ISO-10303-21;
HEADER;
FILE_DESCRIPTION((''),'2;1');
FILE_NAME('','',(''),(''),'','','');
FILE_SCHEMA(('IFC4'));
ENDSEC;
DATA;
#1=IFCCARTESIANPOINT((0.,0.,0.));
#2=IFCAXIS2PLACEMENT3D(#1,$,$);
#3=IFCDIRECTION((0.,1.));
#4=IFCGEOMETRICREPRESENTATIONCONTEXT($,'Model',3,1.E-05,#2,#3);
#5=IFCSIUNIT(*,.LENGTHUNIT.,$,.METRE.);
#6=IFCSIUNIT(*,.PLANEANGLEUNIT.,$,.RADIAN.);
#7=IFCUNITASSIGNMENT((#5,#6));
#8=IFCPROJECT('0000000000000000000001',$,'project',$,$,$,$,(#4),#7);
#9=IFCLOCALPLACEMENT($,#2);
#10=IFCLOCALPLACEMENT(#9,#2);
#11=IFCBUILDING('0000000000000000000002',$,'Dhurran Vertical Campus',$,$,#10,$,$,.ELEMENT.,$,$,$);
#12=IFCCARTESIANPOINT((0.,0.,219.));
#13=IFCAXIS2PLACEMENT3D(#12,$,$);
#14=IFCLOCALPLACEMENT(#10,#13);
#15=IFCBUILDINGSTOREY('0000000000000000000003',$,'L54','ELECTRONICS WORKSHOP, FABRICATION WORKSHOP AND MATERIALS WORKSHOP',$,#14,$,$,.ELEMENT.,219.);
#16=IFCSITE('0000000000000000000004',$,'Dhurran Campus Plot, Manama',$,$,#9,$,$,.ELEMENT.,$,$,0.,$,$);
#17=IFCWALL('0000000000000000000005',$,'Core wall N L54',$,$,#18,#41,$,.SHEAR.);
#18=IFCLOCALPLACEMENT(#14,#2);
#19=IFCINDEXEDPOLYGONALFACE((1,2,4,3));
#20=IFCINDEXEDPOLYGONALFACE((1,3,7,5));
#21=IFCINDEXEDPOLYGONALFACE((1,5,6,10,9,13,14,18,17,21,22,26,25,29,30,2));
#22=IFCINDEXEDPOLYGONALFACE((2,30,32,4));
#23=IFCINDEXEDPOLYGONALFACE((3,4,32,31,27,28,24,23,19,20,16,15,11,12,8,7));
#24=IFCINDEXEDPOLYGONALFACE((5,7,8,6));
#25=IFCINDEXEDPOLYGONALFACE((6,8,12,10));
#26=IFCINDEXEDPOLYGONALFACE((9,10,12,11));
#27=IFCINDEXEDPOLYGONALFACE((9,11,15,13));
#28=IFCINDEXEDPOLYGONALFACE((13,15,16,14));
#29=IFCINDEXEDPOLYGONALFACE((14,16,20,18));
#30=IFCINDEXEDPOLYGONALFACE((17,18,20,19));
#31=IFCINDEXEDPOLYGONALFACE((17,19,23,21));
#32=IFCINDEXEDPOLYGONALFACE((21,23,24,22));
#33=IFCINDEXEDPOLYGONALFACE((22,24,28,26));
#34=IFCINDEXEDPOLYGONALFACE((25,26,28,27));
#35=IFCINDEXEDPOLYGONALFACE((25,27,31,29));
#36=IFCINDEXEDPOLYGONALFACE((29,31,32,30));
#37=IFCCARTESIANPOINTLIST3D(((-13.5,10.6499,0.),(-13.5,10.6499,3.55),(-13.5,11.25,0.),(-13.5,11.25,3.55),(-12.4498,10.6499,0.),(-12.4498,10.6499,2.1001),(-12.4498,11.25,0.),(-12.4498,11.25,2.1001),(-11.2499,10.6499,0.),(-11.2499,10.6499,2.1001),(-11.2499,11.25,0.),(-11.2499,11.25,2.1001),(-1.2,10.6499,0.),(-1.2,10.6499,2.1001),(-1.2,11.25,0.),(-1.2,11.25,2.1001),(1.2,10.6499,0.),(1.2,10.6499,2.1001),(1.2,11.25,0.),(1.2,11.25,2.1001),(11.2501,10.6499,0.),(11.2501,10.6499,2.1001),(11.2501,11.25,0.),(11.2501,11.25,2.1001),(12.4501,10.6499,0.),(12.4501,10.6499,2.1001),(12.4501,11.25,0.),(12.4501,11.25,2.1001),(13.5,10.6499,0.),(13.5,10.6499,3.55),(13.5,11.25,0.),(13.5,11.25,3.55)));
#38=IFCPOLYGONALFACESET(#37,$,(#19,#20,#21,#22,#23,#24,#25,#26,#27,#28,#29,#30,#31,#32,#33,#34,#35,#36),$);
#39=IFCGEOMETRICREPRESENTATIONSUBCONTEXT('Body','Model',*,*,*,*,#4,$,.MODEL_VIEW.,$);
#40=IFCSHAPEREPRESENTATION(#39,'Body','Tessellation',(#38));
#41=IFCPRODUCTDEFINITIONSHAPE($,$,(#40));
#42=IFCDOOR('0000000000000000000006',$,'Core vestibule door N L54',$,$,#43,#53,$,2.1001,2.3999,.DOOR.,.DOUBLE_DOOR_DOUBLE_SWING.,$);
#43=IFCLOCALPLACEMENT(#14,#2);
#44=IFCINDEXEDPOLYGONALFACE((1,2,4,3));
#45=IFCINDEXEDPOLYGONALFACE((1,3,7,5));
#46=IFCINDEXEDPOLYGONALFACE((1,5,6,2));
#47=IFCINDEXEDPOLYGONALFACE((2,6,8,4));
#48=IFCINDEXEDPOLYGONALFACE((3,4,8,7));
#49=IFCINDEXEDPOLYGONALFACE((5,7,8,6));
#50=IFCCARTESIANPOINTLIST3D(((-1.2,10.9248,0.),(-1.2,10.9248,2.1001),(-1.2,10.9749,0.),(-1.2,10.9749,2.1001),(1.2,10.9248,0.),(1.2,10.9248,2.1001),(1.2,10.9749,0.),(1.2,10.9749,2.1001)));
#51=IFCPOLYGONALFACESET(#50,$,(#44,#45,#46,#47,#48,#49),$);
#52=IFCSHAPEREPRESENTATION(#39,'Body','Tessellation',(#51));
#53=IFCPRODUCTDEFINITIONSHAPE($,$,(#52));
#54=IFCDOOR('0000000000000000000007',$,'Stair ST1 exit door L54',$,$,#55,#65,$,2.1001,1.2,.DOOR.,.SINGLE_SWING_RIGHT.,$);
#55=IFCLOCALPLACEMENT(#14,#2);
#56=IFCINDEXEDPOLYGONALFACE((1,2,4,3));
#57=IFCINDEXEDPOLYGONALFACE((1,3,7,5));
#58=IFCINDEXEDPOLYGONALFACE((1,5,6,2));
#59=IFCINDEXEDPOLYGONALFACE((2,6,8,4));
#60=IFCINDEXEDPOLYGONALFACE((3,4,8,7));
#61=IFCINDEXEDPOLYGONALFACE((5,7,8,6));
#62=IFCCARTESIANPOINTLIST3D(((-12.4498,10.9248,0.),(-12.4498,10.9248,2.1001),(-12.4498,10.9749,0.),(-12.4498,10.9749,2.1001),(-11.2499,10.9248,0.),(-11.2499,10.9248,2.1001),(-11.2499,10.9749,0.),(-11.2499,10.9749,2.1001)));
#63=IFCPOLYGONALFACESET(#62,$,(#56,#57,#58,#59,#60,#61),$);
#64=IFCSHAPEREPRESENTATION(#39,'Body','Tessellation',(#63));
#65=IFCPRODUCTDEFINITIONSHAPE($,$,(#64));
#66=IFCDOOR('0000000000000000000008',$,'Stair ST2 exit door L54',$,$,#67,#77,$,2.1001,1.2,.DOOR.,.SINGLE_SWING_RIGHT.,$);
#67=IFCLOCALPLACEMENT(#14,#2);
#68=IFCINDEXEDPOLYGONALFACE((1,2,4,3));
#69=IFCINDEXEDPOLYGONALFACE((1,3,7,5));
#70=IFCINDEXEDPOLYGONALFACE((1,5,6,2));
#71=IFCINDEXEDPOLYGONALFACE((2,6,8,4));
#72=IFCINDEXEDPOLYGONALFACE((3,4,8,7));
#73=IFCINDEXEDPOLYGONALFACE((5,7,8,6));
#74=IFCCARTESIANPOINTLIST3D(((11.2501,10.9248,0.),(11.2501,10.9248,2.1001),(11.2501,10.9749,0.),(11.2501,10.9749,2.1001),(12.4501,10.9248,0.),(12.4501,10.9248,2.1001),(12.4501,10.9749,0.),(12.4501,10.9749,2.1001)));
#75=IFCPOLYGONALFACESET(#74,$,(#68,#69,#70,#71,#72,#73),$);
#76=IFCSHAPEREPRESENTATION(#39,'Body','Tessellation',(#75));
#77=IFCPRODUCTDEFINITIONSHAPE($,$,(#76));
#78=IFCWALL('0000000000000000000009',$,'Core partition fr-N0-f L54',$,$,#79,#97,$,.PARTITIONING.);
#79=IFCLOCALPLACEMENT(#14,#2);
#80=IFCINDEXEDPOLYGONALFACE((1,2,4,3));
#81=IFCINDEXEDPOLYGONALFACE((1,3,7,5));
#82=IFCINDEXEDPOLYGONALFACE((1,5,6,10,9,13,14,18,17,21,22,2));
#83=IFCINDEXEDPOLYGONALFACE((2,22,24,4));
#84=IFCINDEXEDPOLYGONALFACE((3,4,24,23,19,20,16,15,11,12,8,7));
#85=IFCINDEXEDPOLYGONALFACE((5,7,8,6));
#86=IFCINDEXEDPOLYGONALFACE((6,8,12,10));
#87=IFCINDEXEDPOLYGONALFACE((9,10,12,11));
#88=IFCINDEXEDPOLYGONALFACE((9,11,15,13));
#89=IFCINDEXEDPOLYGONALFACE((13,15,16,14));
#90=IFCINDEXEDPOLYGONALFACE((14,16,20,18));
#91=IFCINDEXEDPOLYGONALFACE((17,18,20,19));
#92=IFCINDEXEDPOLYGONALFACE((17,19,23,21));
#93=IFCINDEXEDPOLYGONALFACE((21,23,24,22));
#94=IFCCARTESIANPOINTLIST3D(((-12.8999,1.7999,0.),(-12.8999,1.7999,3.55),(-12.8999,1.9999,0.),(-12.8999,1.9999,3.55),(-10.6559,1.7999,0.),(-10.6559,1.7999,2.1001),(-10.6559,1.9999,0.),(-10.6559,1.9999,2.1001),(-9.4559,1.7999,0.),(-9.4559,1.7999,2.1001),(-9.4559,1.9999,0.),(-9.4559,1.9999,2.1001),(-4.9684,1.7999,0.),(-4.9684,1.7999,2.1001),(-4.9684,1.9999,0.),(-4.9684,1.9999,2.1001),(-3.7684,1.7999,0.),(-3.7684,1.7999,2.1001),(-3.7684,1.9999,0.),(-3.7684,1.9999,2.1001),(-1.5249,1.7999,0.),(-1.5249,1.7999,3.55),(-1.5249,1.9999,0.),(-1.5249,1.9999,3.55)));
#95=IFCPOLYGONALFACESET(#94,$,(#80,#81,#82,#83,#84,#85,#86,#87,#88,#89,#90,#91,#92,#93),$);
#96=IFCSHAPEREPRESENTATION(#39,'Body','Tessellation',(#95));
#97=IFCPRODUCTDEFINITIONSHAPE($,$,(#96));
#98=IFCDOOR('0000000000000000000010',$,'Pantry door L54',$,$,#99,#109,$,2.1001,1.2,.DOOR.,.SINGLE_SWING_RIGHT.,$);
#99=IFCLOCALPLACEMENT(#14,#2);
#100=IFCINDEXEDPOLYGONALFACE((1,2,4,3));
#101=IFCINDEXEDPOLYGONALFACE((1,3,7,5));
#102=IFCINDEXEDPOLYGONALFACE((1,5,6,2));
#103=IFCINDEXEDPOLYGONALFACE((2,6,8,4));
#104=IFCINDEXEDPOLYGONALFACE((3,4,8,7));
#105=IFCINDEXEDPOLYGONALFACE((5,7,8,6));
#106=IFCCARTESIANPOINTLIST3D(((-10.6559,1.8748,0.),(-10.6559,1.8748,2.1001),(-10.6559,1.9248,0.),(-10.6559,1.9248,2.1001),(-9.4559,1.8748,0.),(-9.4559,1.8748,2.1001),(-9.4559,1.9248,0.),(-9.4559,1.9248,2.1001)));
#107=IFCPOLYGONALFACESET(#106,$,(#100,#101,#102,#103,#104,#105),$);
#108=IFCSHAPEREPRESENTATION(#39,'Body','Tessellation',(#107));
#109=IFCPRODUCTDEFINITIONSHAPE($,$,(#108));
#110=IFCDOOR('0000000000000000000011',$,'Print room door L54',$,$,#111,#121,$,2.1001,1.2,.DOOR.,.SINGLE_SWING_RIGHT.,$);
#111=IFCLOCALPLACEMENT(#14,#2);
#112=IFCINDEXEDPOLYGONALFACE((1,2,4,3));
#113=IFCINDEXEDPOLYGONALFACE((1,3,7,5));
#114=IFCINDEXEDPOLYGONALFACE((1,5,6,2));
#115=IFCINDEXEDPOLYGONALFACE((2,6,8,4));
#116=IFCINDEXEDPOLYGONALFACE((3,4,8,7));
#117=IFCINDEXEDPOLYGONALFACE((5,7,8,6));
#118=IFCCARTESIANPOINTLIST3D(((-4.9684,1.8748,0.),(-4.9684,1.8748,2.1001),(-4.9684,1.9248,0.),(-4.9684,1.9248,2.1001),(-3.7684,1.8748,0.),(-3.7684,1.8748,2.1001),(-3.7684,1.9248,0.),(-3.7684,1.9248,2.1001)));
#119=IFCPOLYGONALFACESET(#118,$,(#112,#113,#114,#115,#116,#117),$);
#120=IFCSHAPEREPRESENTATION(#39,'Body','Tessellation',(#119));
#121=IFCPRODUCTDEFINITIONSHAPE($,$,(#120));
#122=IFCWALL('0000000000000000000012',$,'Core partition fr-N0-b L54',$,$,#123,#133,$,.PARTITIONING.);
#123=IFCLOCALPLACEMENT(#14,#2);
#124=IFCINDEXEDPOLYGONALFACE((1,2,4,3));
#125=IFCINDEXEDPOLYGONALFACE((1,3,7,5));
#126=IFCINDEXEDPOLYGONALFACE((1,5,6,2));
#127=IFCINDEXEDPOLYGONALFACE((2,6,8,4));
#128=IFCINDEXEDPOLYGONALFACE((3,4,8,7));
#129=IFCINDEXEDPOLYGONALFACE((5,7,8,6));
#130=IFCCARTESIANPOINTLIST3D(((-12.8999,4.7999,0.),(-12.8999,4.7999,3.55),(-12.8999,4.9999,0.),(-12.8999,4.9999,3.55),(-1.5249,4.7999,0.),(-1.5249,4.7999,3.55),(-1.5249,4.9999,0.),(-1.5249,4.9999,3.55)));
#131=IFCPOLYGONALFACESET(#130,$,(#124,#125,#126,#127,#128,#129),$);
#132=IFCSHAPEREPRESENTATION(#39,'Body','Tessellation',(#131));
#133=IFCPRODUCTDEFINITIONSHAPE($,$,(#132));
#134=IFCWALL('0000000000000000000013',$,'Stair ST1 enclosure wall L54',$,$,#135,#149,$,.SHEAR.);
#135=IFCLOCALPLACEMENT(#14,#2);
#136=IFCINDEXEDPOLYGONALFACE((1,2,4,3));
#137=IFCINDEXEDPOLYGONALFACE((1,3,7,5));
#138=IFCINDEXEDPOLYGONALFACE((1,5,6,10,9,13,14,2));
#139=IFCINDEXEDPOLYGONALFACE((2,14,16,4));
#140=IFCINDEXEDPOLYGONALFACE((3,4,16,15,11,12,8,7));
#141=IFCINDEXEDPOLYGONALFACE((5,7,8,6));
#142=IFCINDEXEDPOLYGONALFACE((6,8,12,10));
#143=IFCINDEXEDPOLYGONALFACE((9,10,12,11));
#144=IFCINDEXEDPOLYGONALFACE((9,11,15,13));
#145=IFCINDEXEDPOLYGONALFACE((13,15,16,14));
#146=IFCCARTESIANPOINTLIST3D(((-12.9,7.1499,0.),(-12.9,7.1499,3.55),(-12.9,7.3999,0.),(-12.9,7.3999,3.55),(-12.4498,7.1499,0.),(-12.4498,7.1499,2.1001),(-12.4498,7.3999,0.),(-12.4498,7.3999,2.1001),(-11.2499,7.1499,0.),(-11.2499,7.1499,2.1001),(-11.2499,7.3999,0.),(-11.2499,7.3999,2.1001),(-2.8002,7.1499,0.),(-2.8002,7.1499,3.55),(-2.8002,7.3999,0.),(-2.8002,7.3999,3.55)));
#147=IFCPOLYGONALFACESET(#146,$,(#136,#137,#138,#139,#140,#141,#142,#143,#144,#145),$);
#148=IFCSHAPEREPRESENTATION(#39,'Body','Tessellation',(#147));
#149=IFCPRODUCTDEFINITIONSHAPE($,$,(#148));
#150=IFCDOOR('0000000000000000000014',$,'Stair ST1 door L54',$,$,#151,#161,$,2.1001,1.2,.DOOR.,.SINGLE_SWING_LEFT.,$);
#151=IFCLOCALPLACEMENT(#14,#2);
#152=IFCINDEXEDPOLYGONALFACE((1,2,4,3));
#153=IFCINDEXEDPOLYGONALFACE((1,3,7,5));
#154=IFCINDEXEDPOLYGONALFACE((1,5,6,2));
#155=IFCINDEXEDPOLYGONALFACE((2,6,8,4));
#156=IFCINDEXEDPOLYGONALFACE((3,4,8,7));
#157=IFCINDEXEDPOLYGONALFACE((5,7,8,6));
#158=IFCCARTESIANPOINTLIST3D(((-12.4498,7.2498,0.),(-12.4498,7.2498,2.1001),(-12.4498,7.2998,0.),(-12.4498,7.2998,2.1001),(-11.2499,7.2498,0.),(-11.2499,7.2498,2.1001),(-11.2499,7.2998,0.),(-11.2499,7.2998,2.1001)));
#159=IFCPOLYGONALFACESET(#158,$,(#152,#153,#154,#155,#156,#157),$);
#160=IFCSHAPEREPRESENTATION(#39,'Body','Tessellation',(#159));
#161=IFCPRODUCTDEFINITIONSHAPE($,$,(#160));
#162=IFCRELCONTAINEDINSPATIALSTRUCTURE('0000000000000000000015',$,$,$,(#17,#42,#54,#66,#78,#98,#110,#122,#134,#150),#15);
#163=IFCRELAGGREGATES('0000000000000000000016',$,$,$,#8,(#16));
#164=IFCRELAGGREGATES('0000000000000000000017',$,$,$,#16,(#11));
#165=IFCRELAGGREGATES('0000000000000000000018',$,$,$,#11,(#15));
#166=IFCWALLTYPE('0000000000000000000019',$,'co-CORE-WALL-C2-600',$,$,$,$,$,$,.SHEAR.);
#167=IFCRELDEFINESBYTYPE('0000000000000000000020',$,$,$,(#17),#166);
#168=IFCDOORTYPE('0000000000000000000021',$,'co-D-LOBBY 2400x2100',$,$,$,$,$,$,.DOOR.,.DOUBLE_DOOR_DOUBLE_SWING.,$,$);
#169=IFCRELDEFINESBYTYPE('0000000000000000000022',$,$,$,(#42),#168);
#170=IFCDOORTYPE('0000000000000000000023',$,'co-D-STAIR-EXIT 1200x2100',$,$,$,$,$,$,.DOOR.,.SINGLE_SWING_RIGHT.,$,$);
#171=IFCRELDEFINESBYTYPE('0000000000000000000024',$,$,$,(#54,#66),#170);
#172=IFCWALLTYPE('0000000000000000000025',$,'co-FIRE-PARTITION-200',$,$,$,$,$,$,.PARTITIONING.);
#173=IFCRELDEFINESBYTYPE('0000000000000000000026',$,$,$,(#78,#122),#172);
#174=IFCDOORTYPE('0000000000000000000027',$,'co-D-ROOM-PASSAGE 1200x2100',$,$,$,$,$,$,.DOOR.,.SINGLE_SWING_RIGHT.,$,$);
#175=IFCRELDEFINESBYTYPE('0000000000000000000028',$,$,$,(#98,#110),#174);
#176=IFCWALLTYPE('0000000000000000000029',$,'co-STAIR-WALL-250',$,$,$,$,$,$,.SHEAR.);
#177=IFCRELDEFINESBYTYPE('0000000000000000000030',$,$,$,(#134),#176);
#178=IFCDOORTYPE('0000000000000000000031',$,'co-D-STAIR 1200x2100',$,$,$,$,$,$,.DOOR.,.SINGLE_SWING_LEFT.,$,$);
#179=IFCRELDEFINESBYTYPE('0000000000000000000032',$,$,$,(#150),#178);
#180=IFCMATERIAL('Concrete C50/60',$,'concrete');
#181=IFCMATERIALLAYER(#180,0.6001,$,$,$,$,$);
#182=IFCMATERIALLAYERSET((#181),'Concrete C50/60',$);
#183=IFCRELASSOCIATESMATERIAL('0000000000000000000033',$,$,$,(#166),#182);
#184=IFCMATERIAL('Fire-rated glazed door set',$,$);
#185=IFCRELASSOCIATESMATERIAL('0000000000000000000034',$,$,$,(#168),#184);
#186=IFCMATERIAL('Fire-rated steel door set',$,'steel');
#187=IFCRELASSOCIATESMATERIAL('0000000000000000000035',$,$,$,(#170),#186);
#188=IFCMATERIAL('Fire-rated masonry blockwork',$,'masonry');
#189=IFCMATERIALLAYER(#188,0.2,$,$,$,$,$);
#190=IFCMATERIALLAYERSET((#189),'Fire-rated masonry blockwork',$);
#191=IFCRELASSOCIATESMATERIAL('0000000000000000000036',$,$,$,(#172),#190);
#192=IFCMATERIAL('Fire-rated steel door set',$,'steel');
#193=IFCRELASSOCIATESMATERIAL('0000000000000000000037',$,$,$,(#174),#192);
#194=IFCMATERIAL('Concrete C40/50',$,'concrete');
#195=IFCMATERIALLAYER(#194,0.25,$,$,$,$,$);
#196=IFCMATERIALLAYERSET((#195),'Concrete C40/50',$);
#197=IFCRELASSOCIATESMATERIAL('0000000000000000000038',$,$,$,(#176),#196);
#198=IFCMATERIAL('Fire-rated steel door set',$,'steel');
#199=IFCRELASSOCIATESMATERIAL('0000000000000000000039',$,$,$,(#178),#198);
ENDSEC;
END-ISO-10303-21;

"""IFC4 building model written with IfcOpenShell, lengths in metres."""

from ifc_helpers import new_model, si_unit, direction, frame, frame_2d, origin, place, context, subcontext, project, spatial, rectangle, extrude, material, layer, layer_set, type_object, element, fill, save


model = new_model("IFC4")

# Units and contexts
model_context = context("Model", 3, precision=1e-05, world=origin(), true_north=direction((0.0, 1.0)))
body_context = subcontext(model_context, "Body", "Model", "MODEL_VIEW")
ifc_project = project(units=[si_unit("LENGTHUNIT", "METRE"), si_unit("PLANEANGLEUNIT", "RADIAN")], contexts=[model_context])

# Site, building, storey
site_placement = place(None, origin())
site = spatial("IfcSite", under=ifc_project, at=site_placement, Name="Dhurran Campus Plot, Manama", CompositionType="ELEMENT", RefElevation=0.0)
building_placement = place(site_placement, origin())
building = spatial("IfcBuilding", under=site, at=building_placement, Name="Dhurran Vertical Campus", CompositionType="ELEMENT")
storey_placement = place(building_placement, frame((0.0, 0.0, 219.0)))
storey = spatial("IfcBuildingStorey", under=building, at=storey_placement, Name="L54", Description="ELECTRONICS WORKSHOP, FABRICATION WORKSHOP AND MATERIALS WORKSHOP", CompositionType="ELEMENT", Elevation=219.0)

# Walls, openings, doors
ifc_material_1 = material(Name="Concrete C50/60", Category="concrete")
ifc_layer_1 = layer(ifc_material_1, 0.6001)
ifc_layer_set_1 = layer_set([ifc_layer_1], Name="Concrete C50/60")
wall_type_1 = type_object("IfcWallType", Name="co-CORE-WALL-C2-600", PredefinedType="SHEAR", material=ifc_layer_set_1)
wall_1_placement = place(storey_placement, frame((-13.5, 10.95, 0.0), z_axis=(0.0, 0.0, 1.0), x_axis=(1.0, 0.0, 0.0)))
wall_1 = element("IfcWall", 1, at=wall_1_placement, inside=storey, type_object=wall_type_1, Name="Core wall N L54", PredefinedType="SHEAR", context=body_context, shape_type="SweptSolid", body=[
    extrude(rectangle(XDim=27.0, YDim=0.6001, at=frame_2d((13.5, 0.0))), origin(), (0.0, 0.0, 1.0), 3.55),
])
opening_1_placement = place(wall_1_placement, frame((12.3, 0.0, 0.0)))
opening_1 = element("IfcOpeningElement", 2, at=opening_1_placement, cuts=wall_1, PredefinedType="OPENING", context=body_context, shape_type="SweptSolid", body=[
    extrude(rectangle(XDim=2.3999, YDim=2.1001, at=frame_2d((1.2, 1.05))), frame((0.0, 0.3101, 0.0), z_axis=(0.0, -1.0, 0.0), x_axis=(1.0, 0.0, 0.0)), (0.0, 0.0, 1.0), 0.6201),
])
opening_2_placement = place(wall_1_placement, frame((1.05, 0.0, 0.0)))
opening_2 = element("IfcOpeningElement", 3, at=opening_2_placement, cuts=wall_1, PredefinedType="OPENING", context=body_context, shape_type="SweptSolid", body=[
    extrude(rectangle(XDim=1.2, YDim=2.1001, at=frame_2d((0.6001, 1.05))), frame((0.0, 0.3101, 0.0), z_axis=(0.0, -1.0, 0.0), x_axis=(1.0, 0.0, 0.0)), (0.0, 0.0, 1.0), 0.6201),
])
opening_3_placement = place(wall_1_placement, frame((24.75, 0.0, 0.0)))
opening_3 = element("IfcOpeningElement", 4, at=opening_3_placement, cuts=wall_1, PredefinedType="OPENING", context=body_context, shape_type="SweptSolid", body=[
    extrude(rectangle(XDim=1.2, YDim=2.1001, at=frame_2d((0.6001, 1.05))), frame((0.0, 0.3101, 0.0), z_axis=(0.0, -1.0, 0.0), x_axis=(1.0, 0.0, 0.0)), (0.0, 0.0, 1.0), 0.6201),
])
ifc_material_2 = material(Name="Fire-rated glazed door set")
door_type_1 = type_object("IfcDoorType", Name="co-D-LOBBY 2400x2100", OperationType="DOUBLE_DOOR_DOUBLE_SWING", PredefinedType="DOOR", material=ifc_material_2)
door_1_placement = place(opening_1_placement, origin())
door_1 = element("IfcDoor", 5, at=door_1_placement, inside=storey, type_object=door_type_1, Name="Core vestibule door N L54", OperationType="DOUBLE_DOOR_DOUBLE_SWING", OverallHeight=2.1001, OverallWidth=2.3999, PredefinedType="DOOR", context=body_context, shape_type="SweptSolid", body=[
    extrude(rectangle(XDim=2.3999, YDim=2.1001, at=frame_2d((1.2, 1.05))), frame((0.0, 0.0249, 0.0), z_axis=(0.0, -1.0, 0.0), x_axis=(1.0, 0.0, 0.0)), (0.0, 0.0, 1.0), 0.05),
])
fill(opening_1, door_1)
ifc_material_3 = material(Name="Fire-rated steel door set", Category="steel")
door_type_2 = type_object("IfcDoorType", Name="co-D-STAIR-EXIT 1200x2100", OperationType="SINGLE_SWING_RIGHT", PredefinedType="DOOR", material=ifc_material_3)
door_2_placement = place(opening_2_placement, origin())
door_2 = element("IfcDoor", 6, at=door_2_placement, inside=storey, type_object=door_type_2, Name="Stair ST1 exit door L54", OperationType="SINGLE_SWING_RIGHT", OverallHeight=2.1001, OverallWidth=1.2, PredefinedType="DOOR", context=body_context, shape_type="SweptSolid", body=[
    extrude(rectangle(XDim=1.2, YDim=2.1001, at=frame_2d((0.6001, 1.05))), frame((0.0, 0.0249, 0.0), z_axis=(0.0, -1.0, 0.0), x_axis=(1.0, 0.0, 0.0)), (0.0, 0.0, 1.0), 0.05),
])
fill(opening_2, door_2)
door_3_placement = place(opening_3_placement, origin())
door_3 = element("IfcDoor", 7, at=door_3_placement, inside=storey, type_object=door_type_2, Name="Stair ST2 exit door L54", OperationType="SINGLE_SWING_RIGHT", OverallHeight=2.1001, OverallWidth=1.2, PredefinedType="DOOR", context=body_context, shape_type="SweptSolid", body=[
    extrude(rectangle(XDim=1.2, YDim=2.1001, at=frame_2d((0.6001, 1.05))), frame((0.0, 0.0249, 0.0), z_axis=(0.0, -1.0, 0.0), x_axis=(1.0, 0.0, 0.0)), (0.0, 0.0, 1.0), 0.05),
])
fill(opening_3, door_3)
ifc_material_4 = material(Name="Fire-rated masonry blockwork", Category="masonry")
ifc_layer_2 = layer(ifc_material_4, 0.2)
ifc_layer_set_2 = layer_set([ifc_layer_2], Name="Fire-rated masonry blockwork")
wall_type_2 = type_object("IfcWallType", Name="co-FIRE-PARTITION-200", PredefinedType="PARTITIONING", material=ifc_layer_set_2)
wall_2_placement = place(storey_placement, frame((-12.8999, 1.8999, 0.0), z_axis=(0.0, 0.0, 1.0), x_axis=(1.0, 0.0, 0.0)))
wall_2 = element("IfcWall", 8, at=wall_2_placement, inside=storey, type_object=wall_type_2, Name="Core partition fr-N0-f L54", PredefinedType="PARTITIONING", context=body_context, shape_type="SweptSolid", body=[
    extrude(rectangle(XDim=11.375, YDim=0.2, at=frame_2d((5.6875, 0.0))), origin(), (0.0, 0.0, 1.0), 3.55),
])
opening_4_placement = place(wall_2_placement, frame((2.2439, 0.0, 0.0)))
opening_4 = element("IfcOpeningElement", 9, at=opening_4_placement, cuts=wall_2, PredefinedType="OPENING", context=body_context, shape_type="SweptSolid", body=[
    extrude(rectangle(XDim=1.2, YDim=2.1001, at=frame_2d((0.6001, 1.05))), frame((0.0, 0.1099, 0.0), z_axis=(0.0, -1.0, 0.0), x_axis=(1.0, 0.0, 0.0)), (0.0, 0.0, 1.0), 0.22),
])
opening_5_placement = place(wall_2_placement, frame((7.9314, 0.0, 0.0)))
opening_5 = element("IfcOpeningElement", 10, at=opening_5_placement, cuts=wall_2, PredefinedType="OPENING", context=body_context, shape_type="SweptSolid", body=[
    extrude(rectangle(XDim=1.2, YDim=2.1001, at=frame_2d((0.6001, 1.05))), frame((0.0, 0.1099, 0.0), z_axis=(0.0, -1.0, 0.0), x_axis=(1.0, 0.0, 0.0)), (0.0, 0.0, 1.0), 0.22),
])
ifc_material_5 = material(Name="Fire-rated steel door set", Category="steel")
door_type_3 = type_object("IfcDoorType", Name="co-D-ROOM-PASSAGE 1200x2100", OperationType="SINGLE_SWING_RIGHT", PredefinedType="DOOR", material=ifc_material_5)
door_4_placement = place(opening_4_placement, origin())
door_4 = element("IfcDoor", 11, at=door_4_placement, inside=storey, type_object=door_type_3, Name="Pantry door L54", OperationType="SINGLE_SWING_RIGHT", OverallHeight=2.1001, OverallWidth=1.2, PredefinedType="DOOR", context=body_context, shape_type="SweptSolid", body=[
    extrude(rectangle(XDim=1.2, YDim=2.1001, at=frame_2d((0.6001, 1.05))), frame((0.0, 0.0249, 0.0), z_axis=(0.0, -1.0, 0.0), x_axis=(1.0, 0.0, 0.0)), (0.0, 0.0, 1.0), 0.05),
])
fill(opening_4, door_4)
door_5_placement = place(opening_5_placement, origin())
door_5 = element("IfcDoor", 12, at=door_5_placement, inside=storey, type_object=door_type_3, Name="Print room door L54", OperationType="SINGLE_SWING_RIGHT", OverallHeight=2.1001, OverallWidth=1.2, PredefinedType="DOOR", context=body_context, shape_type="SweptSolid", body=[
    extrude(rectangle(XDim=1.2, YDim=2.1001, at=frame_2d((0.6001, 1.05))), frame((0.0, 0.0249, 0.0), z_axis=(0.0, -1.0, 0.0), x_axis=(1.0, 0.0, 0.0)), (0.0, 0.0, 1.0), 0.05),
])
fill(opening_5, door_5)

# Wall
wall_3_placement = place(storey_placement, frame((-12.8999, 4.8999, 0.0), z_axis=(0.0, 0.0, 1.0), x_axis=(1.0, 0.0, 0.0)))
element("IfcWall", 13, at=wall_3_placement, inside=storey, type_object=wall_type_2, Name="Core partition fr-N0-b L54", PredefinedType="PARTITIONING", context=body_context, shape_type="SweptSolid", body=[
    extrude(rectangle(XDim=11.375, YDim=0.2, at=frame_2d((5.6875, 0.0))), origin(), (0.0, 0.0, 1.0), 3.55),
])

# Wall, opening, door
ifc_material_6 = material(Name="Concrete C40/50", Category="concrete")
ifc_layer_3 = layer(ifc_material_6, 0.25)
ifc_layer_set_3 = layer_set([ifc_layer_3], Name="Concrete C40/50")
wall_type_3 = type_object("IfcWallType", Name="co-STAIR-WALL-250", PredefinedType="SHEAR", material=ifc_layer_set_3)
wall_4_placement = place(storey_placement, frame((-12.8999, 7.2749, 0.0), z_axis=(0.0, 0.0, 1.0), x_axis=(1.0, 0.0, 0.0)))
wall_4 = element("IfcWall", 14, at=wall_4_placement, inside=storey, type_object=wall_type_3, Name="Stair ST1 enclosure wall L54", PredefinedType="SHEAR", context=body_context, shape_type="SweptSolid", body=[
    extrude(rectangle(XDim=10.0999, YDim=0.25, at=frame_2d((5.0498, 0.0))), origin(), (0.0, 0.0, 1.0), 3.55),
])
opening_6_placement = place(wall_4_placement, frame((0.45, 0.0, 0.0)))
opening_6 = element("IfcOpeningElement", 15, at=opening_6_placement, cuts=wall_4, PredefinedType="OPENING", context=body_context, shape_type="SweptSolid", body=[
    extrude(rectangle(XDim=1.2, YDim=2.1001, at=frame_2d((0.6001, 1.05))), frame((0.0, 0.135, 0.0), z_axis=(0.0, -1.0, 0.0), x_axis=(1.0, 0.0, 0.0)), (0.0, 0.0, 1.0), 0.27),
])
ifc_material_7 = material(Name="Fire-rated steel door set", Category="steel")
door_type_4 = type_object("IfcDoorType", Name="co-D-STAIR 1200x2100", OperationType="SINGLE_SWING_LEFT", PredefinedType="DOOR", material=ifc_material_7)
door_6_placement = place(opening_6_placement, origin())
door_6 = element("IfcDoor", 16, at=door_6_placement, inside=storey, type_object=door_type_4, Name="Stair ST1 door L54", OperationType="SINGLE_SWING_LEFT", OverallHeight=2.1001, OverallWidth=1.2, PredefinedType="DOOR", context=body_context, shape_type="SweptSolid", body=[
    extrude(rectangle(XDim=1.2, YDim=2.1001, at=frame_2d((0.6001, 1.05))), frame((0.0, 0.0249, 0.0), z_axis=(0.0, -1.0, 0.0), x_axis=(1.0, 0.0, 0.0)), (0.0, 0.0, 1.0), 0.05),
])
fill(opening_6, door_6)

save(model, "model.ifc")
